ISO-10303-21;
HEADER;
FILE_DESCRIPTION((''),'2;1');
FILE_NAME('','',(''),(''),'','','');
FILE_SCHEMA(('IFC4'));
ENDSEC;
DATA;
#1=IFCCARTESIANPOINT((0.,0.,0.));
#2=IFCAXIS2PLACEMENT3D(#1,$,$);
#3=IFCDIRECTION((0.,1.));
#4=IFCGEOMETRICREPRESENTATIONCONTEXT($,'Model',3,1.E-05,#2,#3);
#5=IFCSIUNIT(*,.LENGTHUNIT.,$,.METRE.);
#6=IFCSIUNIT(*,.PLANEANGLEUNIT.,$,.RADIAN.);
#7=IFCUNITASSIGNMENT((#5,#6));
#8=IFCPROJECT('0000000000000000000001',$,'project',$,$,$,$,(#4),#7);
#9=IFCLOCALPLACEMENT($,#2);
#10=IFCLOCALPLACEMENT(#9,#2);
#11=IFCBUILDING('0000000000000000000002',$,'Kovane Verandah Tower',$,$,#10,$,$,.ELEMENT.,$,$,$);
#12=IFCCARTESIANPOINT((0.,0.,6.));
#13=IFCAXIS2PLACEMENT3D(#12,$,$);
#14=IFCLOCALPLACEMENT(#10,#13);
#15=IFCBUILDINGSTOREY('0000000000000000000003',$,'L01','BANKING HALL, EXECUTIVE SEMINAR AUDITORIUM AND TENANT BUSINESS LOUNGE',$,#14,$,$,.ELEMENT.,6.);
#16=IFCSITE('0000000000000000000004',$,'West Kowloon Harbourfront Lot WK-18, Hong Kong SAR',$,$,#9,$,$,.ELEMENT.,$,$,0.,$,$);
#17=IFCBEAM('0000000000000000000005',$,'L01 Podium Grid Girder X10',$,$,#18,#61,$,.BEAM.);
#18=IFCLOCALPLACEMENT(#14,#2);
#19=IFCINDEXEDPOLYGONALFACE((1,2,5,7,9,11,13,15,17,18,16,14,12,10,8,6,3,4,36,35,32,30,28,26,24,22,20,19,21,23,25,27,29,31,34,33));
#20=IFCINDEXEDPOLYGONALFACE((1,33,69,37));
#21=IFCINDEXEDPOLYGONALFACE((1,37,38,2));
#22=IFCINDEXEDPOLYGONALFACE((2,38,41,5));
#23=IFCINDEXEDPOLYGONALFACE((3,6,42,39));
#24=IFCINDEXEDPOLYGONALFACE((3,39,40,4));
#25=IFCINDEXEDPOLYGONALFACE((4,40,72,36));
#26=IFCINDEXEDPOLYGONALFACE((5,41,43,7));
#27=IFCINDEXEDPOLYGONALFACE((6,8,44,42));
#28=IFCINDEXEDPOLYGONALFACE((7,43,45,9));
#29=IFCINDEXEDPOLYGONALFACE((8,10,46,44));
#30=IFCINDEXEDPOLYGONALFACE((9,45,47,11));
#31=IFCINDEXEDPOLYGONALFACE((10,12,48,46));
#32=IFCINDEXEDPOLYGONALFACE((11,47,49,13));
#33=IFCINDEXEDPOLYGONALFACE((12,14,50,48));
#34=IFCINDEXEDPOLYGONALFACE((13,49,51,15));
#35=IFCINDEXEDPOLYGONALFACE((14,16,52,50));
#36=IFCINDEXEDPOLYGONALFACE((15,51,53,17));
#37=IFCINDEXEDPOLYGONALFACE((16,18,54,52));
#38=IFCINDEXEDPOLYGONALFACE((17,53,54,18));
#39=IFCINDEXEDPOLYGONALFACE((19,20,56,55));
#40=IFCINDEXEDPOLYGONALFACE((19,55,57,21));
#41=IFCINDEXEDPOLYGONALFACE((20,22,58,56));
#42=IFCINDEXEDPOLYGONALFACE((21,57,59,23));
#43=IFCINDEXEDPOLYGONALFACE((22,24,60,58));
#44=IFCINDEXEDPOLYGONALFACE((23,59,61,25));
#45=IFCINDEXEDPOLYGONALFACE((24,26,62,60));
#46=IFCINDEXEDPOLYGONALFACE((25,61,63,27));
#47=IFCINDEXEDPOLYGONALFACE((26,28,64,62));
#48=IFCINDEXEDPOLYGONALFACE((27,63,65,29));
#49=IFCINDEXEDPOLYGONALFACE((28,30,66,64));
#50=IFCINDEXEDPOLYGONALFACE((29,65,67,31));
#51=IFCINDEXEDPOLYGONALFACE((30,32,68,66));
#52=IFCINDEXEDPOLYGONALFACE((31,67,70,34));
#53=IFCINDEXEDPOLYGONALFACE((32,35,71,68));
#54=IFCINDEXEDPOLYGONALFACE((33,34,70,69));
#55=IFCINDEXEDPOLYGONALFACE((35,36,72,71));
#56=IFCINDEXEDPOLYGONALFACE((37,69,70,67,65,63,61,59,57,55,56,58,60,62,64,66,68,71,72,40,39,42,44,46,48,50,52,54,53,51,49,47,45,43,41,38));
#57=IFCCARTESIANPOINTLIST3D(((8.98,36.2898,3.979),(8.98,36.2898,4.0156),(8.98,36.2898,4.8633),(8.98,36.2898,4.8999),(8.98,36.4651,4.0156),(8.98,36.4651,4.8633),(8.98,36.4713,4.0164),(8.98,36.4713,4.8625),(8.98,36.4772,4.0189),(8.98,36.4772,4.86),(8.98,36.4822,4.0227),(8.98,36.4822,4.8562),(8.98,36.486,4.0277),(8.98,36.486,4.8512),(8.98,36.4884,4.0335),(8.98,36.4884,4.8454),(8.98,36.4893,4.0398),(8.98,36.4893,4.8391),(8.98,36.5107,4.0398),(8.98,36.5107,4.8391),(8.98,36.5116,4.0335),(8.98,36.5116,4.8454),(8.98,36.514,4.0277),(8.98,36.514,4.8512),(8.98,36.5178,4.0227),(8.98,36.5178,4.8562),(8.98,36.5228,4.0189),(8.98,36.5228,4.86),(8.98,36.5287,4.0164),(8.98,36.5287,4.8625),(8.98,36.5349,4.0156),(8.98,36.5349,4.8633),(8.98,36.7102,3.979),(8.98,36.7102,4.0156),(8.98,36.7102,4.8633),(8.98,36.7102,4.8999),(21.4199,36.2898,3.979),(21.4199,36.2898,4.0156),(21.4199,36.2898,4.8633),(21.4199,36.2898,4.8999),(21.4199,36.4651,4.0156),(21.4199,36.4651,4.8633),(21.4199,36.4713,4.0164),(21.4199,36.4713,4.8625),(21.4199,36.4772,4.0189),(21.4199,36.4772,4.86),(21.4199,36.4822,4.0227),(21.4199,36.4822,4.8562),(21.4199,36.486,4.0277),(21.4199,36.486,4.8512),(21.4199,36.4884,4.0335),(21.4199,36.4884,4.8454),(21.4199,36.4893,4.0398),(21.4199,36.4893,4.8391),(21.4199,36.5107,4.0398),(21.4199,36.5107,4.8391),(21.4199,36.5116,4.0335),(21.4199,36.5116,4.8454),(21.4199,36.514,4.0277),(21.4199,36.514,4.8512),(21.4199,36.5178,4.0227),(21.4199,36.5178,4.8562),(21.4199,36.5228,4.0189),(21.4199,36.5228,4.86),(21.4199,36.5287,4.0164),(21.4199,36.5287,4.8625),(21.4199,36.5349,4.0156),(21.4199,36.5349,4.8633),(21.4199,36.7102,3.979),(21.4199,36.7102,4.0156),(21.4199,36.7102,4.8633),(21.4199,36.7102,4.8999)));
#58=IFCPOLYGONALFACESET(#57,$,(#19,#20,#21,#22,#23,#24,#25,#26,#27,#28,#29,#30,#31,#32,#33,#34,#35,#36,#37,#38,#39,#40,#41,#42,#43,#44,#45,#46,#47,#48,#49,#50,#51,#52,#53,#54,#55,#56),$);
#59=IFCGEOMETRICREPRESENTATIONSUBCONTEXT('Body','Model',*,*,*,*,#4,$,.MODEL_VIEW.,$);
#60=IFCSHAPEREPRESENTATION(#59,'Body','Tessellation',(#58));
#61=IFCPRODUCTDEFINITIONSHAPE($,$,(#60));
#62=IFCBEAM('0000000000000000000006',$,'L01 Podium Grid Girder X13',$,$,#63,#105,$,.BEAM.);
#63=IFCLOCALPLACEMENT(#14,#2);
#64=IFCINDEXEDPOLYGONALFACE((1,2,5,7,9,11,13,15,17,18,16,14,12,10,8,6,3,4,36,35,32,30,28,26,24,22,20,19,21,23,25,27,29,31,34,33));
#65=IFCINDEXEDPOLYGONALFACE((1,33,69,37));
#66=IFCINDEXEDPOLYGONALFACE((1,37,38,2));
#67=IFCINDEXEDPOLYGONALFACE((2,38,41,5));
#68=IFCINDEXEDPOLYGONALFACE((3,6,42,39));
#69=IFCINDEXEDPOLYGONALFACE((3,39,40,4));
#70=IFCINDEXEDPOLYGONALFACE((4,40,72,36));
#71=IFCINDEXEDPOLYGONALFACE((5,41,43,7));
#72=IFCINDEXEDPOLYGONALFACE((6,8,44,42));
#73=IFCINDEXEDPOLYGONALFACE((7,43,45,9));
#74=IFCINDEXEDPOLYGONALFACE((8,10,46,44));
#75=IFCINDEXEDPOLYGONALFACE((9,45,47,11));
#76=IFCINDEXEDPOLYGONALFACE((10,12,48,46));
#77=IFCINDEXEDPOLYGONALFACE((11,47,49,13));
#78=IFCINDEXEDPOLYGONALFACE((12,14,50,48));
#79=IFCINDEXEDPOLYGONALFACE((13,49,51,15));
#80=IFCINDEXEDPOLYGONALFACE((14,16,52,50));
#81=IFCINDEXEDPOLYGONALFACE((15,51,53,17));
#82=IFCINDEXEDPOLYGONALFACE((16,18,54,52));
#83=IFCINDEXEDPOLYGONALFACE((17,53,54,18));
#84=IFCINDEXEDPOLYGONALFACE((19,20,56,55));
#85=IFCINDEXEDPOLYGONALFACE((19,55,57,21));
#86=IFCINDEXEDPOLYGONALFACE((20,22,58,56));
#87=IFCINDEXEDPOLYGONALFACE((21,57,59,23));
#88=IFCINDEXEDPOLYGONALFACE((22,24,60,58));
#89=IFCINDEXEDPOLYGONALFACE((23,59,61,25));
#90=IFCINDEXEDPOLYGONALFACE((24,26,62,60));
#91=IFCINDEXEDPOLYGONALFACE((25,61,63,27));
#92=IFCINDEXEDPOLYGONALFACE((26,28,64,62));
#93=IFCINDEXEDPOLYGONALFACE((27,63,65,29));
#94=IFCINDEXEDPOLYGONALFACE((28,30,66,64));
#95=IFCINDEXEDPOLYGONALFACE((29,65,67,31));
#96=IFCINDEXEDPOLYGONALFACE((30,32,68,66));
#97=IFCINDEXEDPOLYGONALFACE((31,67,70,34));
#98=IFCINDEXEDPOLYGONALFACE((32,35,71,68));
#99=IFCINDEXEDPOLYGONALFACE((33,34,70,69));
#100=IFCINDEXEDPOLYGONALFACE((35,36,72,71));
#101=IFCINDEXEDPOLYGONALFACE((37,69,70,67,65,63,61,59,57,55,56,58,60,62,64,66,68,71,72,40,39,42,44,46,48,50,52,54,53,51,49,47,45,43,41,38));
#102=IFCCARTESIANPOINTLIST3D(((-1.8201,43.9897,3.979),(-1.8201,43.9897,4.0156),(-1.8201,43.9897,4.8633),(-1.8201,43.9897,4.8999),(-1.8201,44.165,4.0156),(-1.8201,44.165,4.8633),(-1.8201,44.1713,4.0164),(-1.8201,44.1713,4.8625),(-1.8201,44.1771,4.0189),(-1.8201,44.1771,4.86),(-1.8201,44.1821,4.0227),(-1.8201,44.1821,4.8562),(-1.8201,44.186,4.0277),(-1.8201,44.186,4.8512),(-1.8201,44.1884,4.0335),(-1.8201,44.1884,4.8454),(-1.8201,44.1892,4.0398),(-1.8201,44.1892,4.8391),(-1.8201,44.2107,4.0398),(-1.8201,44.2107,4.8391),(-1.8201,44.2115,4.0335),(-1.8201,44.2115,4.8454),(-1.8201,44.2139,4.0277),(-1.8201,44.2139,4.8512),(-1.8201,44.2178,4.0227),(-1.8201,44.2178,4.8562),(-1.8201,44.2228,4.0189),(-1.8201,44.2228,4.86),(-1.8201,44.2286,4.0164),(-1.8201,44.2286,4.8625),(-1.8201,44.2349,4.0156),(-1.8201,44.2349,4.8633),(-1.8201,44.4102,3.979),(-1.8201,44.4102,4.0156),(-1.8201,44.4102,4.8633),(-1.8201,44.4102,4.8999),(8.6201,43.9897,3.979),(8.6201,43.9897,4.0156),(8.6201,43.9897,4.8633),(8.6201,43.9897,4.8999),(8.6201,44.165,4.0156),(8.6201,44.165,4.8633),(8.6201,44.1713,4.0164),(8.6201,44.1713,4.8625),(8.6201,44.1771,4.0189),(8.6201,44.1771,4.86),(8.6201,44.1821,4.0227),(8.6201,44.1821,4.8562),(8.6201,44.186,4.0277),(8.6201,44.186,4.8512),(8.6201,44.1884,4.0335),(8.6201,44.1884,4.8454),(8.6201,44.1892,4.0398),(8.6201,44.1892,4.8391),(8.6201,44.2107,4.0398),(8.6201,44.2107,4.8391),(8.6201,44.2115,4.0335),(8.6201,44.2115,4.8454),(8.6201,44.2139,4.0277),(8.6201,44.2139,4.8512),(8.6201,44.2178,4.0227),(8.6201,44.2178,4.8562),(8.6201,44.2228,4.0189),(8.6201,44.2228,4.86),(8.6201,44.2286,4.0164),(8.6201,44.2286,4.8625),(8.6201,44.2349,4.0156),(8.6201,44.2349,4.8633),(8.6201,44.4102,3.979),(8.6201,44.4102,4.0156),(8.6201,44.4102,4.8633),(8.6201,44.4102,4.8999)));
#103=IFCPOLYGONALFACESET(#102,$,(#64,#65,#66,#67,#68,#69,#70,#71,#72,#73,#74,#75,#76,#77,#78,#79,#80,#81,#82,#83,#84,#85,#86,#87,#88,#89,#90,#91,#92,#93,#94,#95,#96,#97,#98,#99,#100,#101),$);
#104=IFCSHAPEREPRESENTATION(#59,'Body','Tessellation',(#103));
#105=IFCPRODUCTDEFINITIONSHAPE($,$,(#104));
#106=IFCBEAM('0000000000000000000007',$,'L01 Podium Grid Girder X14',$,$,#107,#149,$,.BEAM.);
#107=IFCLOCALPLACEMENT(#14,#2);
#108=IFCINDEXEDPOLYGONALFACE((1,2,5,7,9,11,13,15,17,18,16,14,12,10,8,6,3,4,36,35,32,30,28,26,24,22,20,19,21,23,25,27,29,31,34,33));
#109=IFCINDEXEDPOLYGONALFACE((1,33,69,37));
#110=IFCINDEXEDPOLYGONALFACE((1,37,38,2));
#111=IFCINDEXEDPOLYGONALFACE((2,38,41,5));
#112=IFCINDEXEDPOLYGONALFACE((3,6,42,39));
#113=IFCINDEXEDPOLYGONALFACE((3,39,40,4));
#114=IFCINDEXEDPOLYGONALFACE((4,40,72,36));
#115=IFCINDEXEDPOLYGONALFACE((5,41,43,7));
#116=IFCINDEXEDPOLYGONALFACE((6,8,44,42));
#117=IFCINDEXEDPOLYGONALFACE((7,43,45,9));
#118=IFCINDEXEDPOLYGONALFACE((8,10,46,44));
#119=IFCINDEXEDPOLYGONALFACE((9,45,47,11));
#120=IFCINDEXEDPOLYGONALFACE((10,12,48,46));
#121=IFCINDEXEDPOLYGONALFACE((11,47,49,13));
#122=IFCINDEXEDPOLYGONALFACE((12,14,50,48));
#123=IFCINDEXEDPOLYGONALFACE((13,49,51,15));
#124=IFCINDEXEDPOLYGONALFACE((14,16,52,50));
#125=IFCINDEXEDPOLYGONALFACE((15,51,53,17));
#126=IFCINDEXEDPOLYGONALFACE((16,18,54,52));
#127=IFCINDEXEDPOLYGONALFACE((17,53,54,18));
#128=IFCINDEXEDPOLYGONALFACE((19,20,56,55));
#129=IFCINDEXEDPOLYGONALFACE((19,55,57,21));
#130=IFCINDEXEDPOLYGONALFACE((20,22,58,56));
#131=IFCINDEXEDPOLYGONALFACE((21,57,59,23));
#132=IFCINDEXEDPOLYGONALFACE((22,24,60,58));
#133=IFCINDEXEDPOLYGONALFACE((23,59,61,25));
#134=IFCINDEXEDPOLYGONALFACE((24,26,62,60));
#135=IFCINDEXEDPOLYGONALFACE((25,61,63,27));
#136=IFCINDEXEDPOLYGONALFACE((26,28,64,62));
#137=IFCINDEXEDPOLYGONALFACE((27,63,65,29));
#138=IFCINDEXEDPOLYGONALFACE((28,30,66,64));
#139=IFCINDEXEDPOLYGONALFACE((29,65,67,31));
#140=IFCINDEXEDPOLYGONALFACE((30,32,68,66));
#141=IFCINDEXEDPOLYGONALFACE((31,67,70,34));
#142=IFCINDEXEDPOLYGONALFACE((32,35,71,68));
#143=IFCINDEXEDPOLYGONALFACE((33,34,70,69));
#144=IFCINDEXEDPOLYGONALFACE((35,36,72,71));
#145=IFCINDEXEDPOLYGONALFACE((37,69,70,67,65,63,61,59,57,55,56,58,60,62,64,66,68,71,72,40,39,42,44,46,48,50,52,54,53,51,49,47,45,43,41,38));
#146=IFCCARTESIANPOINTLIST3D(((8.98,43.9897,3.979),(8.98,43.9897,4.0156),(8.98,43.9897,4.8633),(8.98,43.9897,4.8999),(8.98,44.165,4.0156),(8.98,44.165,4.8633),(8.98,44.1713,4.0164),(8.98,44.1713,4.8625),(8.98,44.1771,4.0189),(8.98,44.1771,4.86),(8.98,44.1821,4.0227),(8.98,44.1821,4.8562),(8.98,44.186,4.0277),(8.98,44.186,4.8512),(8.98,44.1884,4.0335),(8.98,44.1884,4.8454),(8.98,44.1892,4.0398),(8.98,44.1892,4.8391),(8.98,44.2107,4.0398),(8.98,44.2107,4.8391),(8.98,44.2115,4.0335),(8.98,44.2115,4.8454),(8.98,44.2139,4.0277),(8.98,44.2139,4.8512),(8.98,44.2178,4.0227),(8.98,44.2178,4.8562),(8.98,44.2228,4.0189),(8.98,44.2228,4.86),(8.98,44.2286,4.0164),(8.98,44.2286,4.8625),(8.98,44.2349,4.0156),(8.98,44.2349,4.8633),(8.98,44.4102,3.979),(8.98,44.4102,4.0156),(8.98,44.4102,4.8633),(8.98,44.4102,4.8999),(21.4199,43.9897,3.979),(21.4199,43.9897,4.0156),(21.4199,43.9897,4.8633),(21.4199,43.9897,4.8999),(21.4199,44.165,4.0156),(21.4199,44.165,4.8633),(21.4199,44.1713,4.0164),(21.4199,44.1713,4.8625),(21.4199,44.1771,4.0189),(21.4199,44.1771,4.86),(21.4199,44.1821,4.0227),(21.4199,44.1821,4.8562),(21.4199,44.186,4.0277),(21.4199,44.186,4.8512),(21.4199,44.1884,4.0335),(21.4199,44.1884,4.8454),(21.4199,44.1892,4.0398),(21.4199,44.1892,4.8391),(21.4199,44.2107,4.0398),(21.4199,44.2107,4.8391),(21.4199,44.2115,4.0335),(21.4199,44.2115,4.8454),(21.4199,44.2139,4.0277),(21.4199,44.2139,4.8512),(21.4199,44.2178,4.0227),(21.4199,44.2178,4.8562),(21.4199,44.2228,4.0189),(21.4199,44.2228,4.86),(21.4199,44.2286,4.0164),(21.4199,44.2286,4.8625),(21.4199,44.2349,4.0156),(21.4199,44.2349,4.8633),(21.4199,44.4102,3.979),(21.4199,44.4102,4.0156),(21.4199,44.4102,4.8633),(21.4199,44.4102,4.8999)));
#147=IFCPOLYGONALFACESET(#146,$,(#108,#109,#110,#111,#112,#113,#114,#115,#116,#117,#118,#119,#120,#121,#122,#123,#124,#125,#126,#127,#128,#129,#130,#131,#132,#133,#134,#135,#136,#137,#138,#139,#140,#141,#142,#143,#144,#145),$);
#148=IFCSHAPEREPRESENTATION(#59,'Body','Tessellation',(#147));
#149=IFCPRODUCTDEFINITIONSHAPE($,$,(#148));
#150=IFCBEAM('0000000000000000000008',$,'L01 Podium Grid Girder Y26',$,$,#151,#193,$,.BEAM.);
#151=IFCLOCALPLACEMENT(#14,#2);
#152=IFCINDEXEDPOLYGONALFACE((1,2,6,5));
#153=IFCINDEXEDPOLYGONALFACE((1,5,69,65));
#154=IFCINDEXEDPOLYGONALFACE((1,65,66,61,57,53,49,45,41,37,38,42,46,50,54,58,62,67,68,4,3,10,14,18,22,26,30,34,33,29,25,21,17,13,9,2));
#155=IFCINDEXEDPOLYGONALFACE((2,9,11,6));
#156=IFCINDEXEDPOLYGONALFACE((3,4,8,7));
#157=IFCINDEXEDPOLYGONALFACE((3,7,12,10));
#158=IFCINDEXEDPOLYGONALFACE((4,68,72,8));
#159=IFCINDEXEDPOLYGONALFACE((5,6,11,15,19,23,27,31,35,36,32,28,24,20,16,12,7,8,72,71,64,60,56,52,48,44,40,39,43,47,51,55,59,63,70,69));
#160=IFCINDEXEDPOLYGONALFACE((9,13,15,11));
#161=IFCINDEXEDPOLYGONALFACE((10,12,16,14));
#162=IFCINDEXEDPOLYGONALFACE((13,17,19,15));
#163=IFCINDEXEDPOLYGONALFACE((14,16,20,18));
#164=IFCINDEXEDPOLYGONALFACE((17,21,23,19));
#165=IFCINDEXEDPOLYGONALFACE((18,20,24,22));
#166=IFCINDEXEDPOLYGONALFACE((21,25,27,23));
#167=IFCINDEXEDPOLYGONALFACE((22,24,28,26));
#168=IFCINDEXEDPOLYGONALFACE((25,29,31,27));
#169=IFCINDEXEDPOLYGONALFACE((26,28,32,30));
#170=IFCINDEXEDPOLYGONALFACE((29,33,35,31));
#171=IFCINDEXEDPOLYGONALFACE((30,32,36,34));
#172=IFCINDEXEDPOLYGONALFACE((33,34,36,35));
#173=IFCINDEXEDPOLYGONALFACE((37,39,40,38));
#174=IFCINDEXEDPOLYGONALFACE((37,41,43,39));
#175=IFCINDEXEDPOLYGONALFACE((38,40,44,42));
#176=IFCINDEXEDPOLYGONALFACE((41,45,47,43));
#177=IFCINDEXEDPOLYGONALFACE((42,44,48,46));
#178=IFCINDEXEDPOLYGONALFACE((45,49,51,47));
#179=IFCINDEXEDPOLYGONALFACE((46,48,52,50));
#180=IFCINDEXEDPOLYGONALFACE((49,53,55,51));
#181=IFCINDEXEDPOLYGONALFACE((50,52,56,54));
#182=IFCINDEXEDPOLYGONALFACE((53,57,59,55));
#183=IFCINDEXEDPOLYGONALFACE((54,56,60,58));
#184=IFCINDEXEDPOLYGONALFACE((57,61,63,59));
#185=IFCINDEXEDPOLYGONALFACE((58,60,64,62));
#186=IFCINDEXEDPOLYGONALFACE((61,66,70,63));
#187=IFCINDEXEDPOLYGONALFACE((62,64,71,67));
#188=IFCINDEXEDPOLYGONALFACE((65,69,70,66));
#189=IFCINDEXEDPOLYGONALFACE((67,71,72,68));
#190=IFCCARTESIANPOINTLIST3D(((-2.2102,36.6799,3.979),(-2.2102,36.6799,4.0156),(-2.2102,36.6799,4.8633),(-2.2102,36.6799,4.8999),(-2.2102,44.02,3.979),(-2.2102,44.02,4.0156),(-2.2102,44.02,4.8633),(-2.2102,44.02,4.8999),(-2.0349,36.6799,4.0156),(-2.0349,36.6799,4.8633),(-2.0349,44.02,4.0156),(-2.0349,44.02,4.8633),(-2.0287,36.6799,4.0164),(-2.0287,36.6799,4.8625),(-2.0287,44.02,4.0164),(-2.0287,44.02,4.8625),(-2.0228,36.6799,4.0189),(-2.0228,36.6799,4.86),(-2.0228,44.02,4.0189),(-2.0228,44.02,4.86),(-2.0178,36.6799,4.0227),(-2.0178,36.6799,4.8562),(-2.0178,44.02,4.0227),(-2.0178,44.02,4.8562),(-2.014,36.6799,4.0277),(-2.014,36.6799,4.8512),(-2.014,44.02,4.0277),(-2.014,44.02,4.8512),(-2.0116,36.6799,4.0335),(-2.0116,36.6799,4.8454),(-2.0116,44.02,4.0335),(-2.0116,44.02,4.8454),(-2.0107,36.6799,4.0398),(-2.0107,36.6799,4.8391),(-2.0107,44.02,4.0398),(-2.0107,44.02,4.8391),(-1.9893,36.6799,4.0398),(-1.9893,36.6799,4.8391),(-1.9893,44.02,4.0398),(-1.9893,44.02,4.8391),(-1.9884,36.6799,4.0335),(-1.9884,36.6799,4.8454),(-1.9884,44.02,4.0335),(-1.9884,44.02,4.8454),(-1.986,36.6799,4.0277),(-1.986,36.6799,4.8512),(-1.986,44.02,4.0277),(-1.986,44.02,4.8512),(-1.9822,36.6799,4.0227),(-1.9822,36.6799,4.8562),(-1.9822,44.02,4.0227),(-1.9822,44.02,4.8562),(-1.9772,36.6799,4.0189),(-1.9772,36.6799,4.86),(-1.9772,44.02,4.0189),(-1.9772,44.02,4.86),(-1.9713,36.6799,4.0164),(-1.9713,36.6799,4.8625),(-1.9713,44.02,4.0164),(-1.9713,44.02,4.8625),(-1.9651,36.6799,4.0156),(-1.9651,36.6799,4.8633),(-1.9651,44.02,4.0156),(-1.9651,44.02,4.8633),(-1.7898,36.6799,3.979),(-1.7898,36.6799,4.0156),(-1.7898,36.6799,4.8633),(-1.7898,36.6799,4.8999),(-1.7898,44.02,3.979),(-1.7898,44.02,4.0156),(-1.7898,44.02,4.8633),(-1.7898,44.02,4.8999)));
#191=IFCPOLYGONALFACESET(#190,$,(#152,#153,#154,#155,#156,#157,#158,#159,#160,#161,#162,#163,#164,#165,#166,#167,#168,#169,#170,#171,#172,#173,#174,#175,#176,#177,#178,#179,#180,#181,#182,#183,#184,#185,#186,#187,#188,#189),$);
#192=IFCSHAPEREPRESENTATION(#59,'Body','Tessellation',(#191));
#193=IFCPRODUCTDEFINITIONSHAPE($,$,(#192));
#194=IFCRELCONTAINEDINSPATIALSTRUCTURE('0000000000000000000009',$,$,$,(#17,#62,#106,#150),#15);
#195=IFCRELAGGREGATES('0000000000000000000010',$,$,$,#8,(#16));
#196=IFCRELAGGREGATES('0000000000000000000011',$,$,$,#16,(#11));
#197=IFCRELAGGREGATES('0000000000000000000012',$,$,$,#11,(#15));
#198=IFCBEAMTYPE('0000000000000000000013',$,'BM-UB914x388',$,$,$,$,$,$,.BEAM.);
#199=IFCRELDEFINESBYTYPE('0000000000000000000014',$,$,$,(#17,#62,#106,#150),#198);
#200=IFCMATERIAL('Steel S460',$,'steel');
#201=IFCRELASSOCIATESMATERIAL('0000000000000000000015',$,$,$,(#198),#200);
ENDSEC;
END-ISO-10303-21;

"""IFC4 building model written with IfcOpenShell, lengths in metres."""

from ifc_helpers import new_model, si_unit, direction, frame, origin, origin_2d, place, context, subcontext, project, spatial, i_section, extrude, material, material_profile, profile_set, type_object, element, save


model = new_model("IFC4")

# Units and contexts
model_context = context("Model", 3, precision=1e-05, world=origin(), true_north=direction((0.0, 1.0)))
body_context = subcontext(model_context, "Body", "Model", "MODEL_VIEW")
ifc_project = project(units=[si_unit("LENGTHUNIT", "METRE"), si_unit("PLANEANGLEUNIT", "RADIAN")], contexts=[model_context])

# Site, building, storey
site_placement = place(None, origin())
site = spatial("IfcSite", under=ifc_project, at=site_placement, Name="West Kowloon Harbourfront Lot WK-18, Hong Kong SAR", CompositionType="ELEMENT", RefElevation=0.0)
building_placement = place(site_placement, origin())
building = spatial("IfcBuilding", under=site, at=building_placement, Name="Kovane Verandah Tower", CompositionType="ELEMENT")
storey_placement = place(building_placement, frame((0.0, 0.0, 6.0)))
storey = spatial("IfcBuildingStorey", under=building, at=storey_placement, Name="L01", Description="BANKING HALL, EXECUTIVE SEMINAR AUDITORIUM AND TENANT BUSINESS LOUNGE", CompositionType="ELEMENT", Elevation=6.0)

# Beams
ifc_material_1 = material(Name="Steel S460", Category="steel")
ifc_material_profile_1 = material_profile(ifc_material_1, i_section(OverallWidth=0.4204, OverallDepth=0.9209, WebThickness=0.0215, FlangeThickness=0.0366, FilletRadius=0.0242, at=origin_2d()), Name="UB914x419x388")
ifc_profile_set_1 = profile_set([ifc_material_profile_1], Name="Steel S460")
beam_type = type_object("IfcBeamType", Name="BM-UB914x388", PredefinedType="BEAM", material=ifc_profile_set_1)
beam_1_placement = place(storey_placement, frame((8.98, 36.5, 4.4395), z_axis=(1.0, 0.0, 0.0), x_axis=(0.0, 1.0, 0.0)))
element("IfcBeam", 1, at=beam_1_placement, inside=storey, type_object=beam_type, Name="L01 Podium Grid Girder X10", PredefinedType="BEAM", context=body_context, shape_type="SweptSolid", body=[
    extrude(i_section(OverallWidth=0.4204, OverallDepth=0.9209, WebThickness=0.0215, FlangeThickness=0.0366, FilletRadius=0.0242, at=origin_2d()), origin(), (0.0, 0.0, 1.0), 12.4399),
])
beam_2_placement = place(storey_placement, frame((-1.8201, 44.2, 4.4395), z_axis=(1.0, 0.0, 0.0), x_axis=(0.0, 1.0, 0.0)))
element("IfcBeam", 2, at=beam_2_placement, inside=storey, type_object=beam_type, Name="L01 Podium Grid Girder X13", PredefinedType="BEAM", context=body_context, shape_type="SweptSolid", body=[
    extrude(i_section(OverallWidth=0.4204, OverallDepth=0.9209, WebThickness=0.0215, FlangeThickness=0.0366, FilletRadius=0.0242, at=origin_2d()), origin(), (0.0, 0.0, 1.0), 10.4402),
])
beam_3_placement = place(storey_placement, frame((8.98, 44.2, 4.4395), z_axis=(1.0, 0.0, 0.0), x_axis=(0.0, 1.0, 0.0)))
element("IfcBeam", 3, at=beam_3_placement, inside=storey, type_object=beam_type, Name="L01 Podium Grid Girder X14", PredefinedType="BEAM", context=body_context, shape_type="SweptSolid", body=[
    extrude(i_section(OverallWidth=0.4204, OverallDepth=0.9209, WebThickness=0.0215, FlangeThickness=0.0366, FilletRadius=0.0242, at=origin_2d()), origin(), (0.0, 0.0, 1.0), 12.4399),
])
for number, where, z_axis, x_axis, name in (
    (4, (-2.0, 36.6799, 4.4395), (0.0, 1.0, 0.0), (-1.0, 0.0, 0.0), "L01 Podium Grid Girder Y26"),
):
    element("IfcBeam", number, at=place(storey_placement, frame(where, z_axis=z_axis, x_axis=x_axis)), inside=storey, type_object=beam_type, Name=name, PredefinedType="BEAM", context=body_context, shape_type="SweptSolid", body=[
        extrude(i_section(OverallWidth=0.4204, OverallDepth=0.9209, WebThickness=0.0215, FlangeThickness=0.0366, FilletRadius=0.0242, at=origin_2d()), origin(), (0.0, 0.0, 1.0), 7.3401),
    ])

save(model, "model.ifc")
